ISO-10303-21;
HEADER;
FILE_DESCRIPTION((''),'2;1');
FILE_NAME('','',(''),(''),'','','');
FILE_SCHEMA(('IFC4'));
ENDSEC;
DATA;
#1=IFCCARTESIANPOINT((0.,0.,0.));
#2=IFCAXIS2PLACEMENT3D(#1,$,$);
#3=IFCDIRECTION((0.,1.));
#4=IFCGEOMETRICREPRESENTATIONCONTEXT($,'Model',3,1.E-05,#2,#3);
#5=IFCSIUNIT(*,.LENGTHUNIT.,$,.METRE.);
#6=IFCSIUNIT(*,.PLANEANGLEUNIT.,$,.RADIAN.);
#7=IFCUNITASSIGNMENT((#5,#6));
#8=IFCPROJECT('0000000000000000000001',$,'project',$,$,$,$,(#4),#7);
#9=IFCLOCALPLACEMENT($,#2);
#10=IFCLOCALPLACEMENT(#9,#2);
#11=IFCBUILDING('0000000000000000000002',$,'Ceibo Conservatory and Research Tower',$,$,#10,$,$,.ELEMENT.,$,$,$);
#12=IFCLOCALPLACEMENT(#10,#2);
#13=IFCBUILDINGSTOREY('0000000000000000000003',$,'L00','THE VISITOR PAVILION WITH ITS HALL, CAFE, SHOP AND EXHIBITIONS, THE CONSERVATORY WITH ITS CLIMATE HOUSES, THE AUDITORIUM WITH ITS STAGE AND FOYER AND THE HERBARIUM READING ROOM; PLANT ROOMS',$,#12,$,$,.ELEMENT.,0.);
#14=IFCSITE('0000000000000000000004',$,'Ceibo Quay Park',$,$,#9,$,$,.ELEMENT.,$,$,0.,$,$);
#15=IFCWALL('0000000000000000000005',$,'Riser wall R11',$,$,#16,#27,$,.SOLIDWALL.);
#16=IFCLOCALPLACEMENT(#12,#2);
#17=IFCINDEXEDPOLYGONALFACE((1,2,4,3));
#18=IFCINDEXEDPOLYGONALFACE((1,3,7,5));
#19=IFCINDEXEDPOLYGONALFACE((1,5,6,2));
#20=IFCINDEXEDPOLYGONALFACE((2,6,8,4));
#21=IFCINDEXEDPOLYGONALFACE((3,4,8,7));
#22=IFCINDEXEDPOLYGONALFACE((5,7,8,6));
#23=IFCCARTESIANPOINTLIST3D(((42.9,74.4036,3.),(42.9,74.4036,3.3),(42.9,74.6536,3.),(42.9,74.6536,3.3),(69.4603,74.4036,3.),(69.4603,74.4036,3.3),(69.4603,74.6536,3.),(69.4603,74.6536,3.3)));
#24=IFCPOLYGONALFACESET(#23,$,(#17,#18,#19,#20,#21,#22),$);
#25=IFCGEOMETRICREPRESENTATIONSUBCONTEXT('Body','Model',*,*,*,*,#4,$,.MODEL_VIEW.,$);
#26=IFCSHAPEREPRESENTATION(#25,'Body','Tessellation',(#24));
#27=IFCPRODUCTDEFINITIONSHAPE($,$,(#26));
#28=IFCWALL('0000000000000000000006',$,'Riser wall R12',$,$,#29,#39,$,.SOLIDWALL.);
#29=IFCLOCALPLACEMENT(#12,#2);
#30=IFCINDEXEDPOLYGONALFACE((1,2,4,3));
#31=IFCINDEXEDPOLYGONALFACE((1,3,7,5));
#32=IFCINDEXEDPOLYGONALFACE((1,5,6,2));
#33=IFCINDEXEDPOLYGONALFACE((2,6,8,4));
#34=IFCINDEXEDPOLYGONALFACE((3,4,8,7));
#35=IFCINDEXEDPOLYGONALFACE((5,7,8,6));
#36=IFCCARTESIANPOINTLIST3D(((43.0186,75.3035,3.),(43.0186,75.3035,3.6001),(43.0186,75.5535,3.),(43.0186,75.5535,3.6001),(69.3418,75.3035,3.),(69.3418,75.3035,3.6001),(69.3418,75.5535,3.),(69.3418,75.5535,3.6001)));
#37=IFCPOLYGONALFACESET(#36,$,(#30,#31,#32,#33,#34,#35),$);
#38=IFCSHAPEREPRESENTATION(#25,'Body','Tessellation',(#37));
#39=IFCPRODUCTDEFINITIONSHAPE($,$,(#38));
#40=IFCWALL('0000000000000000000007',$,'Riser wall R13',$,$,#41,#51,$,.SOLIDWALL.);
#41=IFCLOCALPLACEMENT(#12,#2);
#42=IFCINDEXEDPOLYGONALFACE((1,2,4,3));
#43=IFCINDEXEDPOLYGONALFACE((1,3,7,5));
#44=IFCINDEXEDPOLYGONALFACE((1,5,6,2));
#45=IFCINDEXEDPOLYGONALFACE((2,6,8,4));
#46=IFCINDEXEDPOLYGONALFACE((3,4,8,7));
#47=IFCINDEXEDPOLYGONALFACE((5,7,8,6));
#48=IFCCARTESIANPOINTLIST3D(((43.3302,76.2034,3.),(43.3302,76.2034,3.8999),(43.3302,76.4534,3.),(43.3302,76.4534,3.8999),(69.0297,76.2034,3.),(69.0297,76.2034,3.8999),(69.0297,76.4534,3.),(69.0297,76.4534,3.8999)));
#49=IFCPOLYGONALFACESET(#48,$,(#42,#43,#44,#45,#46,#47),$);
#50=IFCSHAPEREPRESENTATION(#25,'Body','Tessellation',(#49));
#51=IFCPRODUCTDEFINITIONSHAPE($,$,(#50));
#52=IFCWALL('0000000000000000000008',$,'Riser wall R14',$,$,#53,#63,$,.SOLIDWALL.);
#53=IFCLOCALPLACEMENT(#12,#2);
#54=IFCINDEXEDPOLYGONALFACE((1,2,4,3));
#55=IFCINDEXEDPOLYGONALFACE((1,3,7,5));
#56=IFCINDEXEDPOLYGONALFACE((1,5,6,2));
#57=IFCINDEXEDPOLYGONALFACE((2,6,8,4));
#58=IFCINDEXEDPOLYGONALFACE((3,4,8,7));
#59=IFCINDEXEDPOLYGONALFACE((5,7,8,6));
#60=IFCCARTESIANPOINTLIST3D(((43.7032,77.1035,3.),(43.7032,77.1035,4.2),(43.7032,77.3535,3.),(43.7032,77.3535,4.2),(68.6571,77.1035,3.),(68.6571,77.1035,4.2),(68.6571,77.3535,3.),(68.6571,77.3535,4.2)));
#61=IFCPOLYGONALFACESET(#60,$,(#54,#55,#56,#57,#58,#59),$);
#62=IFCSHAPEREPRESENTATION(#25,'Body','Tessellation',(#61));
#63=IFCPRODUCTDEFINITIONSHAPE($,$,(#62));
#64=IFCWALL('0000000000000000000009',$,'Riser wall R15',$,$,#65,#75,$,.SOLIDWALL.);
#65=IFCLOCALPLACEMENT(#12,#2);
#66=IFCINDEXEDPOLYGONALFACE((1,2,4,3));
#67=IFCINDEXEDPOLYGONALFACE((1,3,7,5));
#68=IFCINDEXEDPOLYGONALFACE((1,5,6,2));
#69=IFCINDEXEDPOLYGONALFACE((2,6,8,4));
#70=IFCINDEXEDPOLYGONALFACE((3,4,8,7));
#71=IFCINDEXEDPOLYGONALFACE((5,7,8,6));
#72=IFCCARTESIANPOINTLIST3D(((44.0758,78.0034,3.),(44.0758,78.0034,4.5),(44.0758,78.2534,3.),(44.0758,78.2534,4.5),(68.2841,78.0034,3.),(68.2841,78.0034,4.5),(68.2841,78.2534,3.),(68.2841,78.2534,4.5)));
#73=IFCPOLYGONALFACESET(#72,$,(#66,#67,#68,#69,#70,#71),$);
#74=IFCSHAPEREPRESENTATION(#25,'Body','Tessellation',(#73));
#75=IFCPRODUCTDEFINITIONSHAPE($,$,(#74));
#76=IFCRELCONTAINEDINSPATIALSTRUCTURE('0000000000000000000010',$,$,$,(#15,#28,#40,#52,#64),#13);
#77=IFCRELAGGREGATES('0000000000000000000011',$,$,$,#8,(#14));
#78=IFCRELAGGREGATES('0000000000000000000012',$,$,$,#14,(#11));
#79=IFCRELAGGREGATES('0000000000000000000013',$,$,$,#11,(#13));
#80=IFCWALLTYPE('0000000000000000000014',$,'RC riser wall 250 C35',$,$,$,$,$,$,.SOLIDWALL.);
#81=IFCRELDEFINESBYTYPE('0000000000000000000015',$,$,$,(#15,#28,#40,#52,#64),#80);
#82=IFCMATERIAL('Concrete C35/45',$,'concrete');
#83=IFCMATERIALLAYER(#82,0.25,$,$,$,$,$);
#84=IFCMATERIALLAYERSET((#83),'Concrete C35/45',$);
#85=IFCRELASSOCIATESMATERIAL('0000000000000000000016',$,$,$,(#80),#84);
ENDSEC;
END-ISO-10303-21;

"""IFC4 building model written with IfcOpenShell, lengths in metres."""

from ifc_helpers import new_model, si_unit, direction, frame, frame_2d, origin, place, context, subcontext, project, spatial, rectangle, extrude, material, layer, layer_set, type_object, element, save


model = new_model("IFC4")

# Units and contexts
model_context = context("Model", 3, precision=1e-05, world=origin(), true_north=direction((0.0, 1.0)))
body_context = subcontext(model_context, "Body", "Model", "MODEL_VIEW")
ifc_project = project(units=[si_unit("LENGTHUNIT", "METRE"), si_unit("PLANEANGLEUNIT", "RADIAN")], contexts=[model_context])

# Site, building, storey
site_placement = place(None, origin())
site = spatial("IfcSite", under=ifc_project, at=site_placement, Name="Ceibo Quay Park", CompositionType="ELEMENT", RefElevation=0.0)
building_placement = place(site_placement, origin())
building = spatial("IfcBuilding", under=site, at=building_placement, Name="Ceibo Conservatory and Research Tower", CompositionType="ELEMENT")
storey_placement = place(building_placement, origin())
storey = spatial("IfcBuildingStorey", under=building, at=storey_placement, Name="L00", Description="THE VISITOR PAVILION WITH ITS HALL, CAFE, SHOP AND EXHIBITIONS, THE CONSERVATORY WITH ITS CLIMATE HOUSES, THE AUDITORIUM WITH ITS STAGE AND FOYER AND THE HERBARIUM READING ROOM; PLANT ROOMS", CompositionType="ELEMENT", Elevation=0.0)

# Shared definitions
ifc_material_1 = material(Name="Concrete C35/45", Category="concrete")

# Walls
ifc_layer_1 = layer(ifc_material_1, 0.25)
ifc_layer_set_1 = layer_set([ifc_layer_1], Name="Concrete C35/45")
wall_type_1 = type_object("IfcWallType", Name="RC riser wall 250 C35", PredefinedType="SOLIDWALL", material=ifc_layer_set_1)
wall_1_placement = place(storey_placement, frame((42.8999, 74.5286, 3.0), z_axis=(0.0, 0.0, 1.0), x_axis=(1.0, 0.0, 0.0)))
element("IfcWall", 1, at=wall_1_placement, inside=storey, type_object=wall_type_1, Name="Riser wall R11", PredefinedType="SOLIDWALL", context=body_context, shape_type="SweptSolid", body=[
    extrude(rectangle(XDim=26.5603, YDim=0.25, at=frame_2d((13.2803, 0.0))), origin(), (0.0, 0.0, 1.0), 0.3),
])
wall_2_placement = place(storey_placement, frame((43.0186, 75.4285, 3.0), z_axis=(0.0, 0.0, 1.0), x_axis=(1.0, 0.0, 0.0)))
element("IfcWall", 2, at=wall_2_placement, inside=storey, type_object=wall_type_1, Name="Riser wall R12", PredefinedType="SOLIDWALL", context=body_context, shape_type="SweptSolid", body=[
    extrude(rectangle(XDim=26.3232, YDim=0.25, at=frame_2d((13.1616, 0.0))), origin(), (0.0, 0.0, 1.0), 0.6001),
])
wall_3_placement = place(storey_placement, frame((43.3303, 76.3284, 3.0), z_axis=(0.0, 0.0, 1.0), x_axis=(1.0, 0.0, 0.0)))
element("IfcWall", 3, at=wall_3_placement, inside=storey, type_object=wall_type_1, Name="Riser wall R13", PredefinedType="SOLIDWALL", context=body_context, shape_type="SweptSolid", body=[
    extrude(rectangle(XDim=25.6995, YDim=0.25, at=frame_2d((12.8496, 0.0))), origin(), (0.0, 0.0, 1.0), 0.8999),
])
wall_4_placement = place(storey_placement, frame((43.7031, 77.2285, 3.0), z_axis=(0.0, 0.0, 1.0), x_axis=(1.0, 0.0, 0.0)))
element("IfcWall", 4, at=wall_4_placement, inside=storey, type_object=wall_type_1, Name="Riser wall R14", PredefinedType="SOLIDWALL", context=body_context, shape_type="SweptSolid", body=[
    extrude(rectangle(XDim=24.9539, YDim=0.25, at=frame_2d((12.4771, 0.0))), origin(), (0.0, 0.0, 1.0), 1.2),
])
wall_5_placement = place(storey_placement, frame((44.0759, 78.1284, 3.0), z_axis=(0.0, 0.0, 1.0), x_axis=(1.0, 0.0, 0.0)))
element("IfcWall", 5, at=wall_5_placement, inside=storey, type_object=wall_type_1, Name="Riser wall R15", PredefinedType="SOLIDWALL", context=body_context, shape_type="SweptSolid", body=[
    extrude(rectangle(XDim=24.2083, YDim=0.25, at=frame_2d((12.104, 0.0))), origin(), (0.0, 0.0, 1.0), 1.5),
])

save(model, "model.ifc")
